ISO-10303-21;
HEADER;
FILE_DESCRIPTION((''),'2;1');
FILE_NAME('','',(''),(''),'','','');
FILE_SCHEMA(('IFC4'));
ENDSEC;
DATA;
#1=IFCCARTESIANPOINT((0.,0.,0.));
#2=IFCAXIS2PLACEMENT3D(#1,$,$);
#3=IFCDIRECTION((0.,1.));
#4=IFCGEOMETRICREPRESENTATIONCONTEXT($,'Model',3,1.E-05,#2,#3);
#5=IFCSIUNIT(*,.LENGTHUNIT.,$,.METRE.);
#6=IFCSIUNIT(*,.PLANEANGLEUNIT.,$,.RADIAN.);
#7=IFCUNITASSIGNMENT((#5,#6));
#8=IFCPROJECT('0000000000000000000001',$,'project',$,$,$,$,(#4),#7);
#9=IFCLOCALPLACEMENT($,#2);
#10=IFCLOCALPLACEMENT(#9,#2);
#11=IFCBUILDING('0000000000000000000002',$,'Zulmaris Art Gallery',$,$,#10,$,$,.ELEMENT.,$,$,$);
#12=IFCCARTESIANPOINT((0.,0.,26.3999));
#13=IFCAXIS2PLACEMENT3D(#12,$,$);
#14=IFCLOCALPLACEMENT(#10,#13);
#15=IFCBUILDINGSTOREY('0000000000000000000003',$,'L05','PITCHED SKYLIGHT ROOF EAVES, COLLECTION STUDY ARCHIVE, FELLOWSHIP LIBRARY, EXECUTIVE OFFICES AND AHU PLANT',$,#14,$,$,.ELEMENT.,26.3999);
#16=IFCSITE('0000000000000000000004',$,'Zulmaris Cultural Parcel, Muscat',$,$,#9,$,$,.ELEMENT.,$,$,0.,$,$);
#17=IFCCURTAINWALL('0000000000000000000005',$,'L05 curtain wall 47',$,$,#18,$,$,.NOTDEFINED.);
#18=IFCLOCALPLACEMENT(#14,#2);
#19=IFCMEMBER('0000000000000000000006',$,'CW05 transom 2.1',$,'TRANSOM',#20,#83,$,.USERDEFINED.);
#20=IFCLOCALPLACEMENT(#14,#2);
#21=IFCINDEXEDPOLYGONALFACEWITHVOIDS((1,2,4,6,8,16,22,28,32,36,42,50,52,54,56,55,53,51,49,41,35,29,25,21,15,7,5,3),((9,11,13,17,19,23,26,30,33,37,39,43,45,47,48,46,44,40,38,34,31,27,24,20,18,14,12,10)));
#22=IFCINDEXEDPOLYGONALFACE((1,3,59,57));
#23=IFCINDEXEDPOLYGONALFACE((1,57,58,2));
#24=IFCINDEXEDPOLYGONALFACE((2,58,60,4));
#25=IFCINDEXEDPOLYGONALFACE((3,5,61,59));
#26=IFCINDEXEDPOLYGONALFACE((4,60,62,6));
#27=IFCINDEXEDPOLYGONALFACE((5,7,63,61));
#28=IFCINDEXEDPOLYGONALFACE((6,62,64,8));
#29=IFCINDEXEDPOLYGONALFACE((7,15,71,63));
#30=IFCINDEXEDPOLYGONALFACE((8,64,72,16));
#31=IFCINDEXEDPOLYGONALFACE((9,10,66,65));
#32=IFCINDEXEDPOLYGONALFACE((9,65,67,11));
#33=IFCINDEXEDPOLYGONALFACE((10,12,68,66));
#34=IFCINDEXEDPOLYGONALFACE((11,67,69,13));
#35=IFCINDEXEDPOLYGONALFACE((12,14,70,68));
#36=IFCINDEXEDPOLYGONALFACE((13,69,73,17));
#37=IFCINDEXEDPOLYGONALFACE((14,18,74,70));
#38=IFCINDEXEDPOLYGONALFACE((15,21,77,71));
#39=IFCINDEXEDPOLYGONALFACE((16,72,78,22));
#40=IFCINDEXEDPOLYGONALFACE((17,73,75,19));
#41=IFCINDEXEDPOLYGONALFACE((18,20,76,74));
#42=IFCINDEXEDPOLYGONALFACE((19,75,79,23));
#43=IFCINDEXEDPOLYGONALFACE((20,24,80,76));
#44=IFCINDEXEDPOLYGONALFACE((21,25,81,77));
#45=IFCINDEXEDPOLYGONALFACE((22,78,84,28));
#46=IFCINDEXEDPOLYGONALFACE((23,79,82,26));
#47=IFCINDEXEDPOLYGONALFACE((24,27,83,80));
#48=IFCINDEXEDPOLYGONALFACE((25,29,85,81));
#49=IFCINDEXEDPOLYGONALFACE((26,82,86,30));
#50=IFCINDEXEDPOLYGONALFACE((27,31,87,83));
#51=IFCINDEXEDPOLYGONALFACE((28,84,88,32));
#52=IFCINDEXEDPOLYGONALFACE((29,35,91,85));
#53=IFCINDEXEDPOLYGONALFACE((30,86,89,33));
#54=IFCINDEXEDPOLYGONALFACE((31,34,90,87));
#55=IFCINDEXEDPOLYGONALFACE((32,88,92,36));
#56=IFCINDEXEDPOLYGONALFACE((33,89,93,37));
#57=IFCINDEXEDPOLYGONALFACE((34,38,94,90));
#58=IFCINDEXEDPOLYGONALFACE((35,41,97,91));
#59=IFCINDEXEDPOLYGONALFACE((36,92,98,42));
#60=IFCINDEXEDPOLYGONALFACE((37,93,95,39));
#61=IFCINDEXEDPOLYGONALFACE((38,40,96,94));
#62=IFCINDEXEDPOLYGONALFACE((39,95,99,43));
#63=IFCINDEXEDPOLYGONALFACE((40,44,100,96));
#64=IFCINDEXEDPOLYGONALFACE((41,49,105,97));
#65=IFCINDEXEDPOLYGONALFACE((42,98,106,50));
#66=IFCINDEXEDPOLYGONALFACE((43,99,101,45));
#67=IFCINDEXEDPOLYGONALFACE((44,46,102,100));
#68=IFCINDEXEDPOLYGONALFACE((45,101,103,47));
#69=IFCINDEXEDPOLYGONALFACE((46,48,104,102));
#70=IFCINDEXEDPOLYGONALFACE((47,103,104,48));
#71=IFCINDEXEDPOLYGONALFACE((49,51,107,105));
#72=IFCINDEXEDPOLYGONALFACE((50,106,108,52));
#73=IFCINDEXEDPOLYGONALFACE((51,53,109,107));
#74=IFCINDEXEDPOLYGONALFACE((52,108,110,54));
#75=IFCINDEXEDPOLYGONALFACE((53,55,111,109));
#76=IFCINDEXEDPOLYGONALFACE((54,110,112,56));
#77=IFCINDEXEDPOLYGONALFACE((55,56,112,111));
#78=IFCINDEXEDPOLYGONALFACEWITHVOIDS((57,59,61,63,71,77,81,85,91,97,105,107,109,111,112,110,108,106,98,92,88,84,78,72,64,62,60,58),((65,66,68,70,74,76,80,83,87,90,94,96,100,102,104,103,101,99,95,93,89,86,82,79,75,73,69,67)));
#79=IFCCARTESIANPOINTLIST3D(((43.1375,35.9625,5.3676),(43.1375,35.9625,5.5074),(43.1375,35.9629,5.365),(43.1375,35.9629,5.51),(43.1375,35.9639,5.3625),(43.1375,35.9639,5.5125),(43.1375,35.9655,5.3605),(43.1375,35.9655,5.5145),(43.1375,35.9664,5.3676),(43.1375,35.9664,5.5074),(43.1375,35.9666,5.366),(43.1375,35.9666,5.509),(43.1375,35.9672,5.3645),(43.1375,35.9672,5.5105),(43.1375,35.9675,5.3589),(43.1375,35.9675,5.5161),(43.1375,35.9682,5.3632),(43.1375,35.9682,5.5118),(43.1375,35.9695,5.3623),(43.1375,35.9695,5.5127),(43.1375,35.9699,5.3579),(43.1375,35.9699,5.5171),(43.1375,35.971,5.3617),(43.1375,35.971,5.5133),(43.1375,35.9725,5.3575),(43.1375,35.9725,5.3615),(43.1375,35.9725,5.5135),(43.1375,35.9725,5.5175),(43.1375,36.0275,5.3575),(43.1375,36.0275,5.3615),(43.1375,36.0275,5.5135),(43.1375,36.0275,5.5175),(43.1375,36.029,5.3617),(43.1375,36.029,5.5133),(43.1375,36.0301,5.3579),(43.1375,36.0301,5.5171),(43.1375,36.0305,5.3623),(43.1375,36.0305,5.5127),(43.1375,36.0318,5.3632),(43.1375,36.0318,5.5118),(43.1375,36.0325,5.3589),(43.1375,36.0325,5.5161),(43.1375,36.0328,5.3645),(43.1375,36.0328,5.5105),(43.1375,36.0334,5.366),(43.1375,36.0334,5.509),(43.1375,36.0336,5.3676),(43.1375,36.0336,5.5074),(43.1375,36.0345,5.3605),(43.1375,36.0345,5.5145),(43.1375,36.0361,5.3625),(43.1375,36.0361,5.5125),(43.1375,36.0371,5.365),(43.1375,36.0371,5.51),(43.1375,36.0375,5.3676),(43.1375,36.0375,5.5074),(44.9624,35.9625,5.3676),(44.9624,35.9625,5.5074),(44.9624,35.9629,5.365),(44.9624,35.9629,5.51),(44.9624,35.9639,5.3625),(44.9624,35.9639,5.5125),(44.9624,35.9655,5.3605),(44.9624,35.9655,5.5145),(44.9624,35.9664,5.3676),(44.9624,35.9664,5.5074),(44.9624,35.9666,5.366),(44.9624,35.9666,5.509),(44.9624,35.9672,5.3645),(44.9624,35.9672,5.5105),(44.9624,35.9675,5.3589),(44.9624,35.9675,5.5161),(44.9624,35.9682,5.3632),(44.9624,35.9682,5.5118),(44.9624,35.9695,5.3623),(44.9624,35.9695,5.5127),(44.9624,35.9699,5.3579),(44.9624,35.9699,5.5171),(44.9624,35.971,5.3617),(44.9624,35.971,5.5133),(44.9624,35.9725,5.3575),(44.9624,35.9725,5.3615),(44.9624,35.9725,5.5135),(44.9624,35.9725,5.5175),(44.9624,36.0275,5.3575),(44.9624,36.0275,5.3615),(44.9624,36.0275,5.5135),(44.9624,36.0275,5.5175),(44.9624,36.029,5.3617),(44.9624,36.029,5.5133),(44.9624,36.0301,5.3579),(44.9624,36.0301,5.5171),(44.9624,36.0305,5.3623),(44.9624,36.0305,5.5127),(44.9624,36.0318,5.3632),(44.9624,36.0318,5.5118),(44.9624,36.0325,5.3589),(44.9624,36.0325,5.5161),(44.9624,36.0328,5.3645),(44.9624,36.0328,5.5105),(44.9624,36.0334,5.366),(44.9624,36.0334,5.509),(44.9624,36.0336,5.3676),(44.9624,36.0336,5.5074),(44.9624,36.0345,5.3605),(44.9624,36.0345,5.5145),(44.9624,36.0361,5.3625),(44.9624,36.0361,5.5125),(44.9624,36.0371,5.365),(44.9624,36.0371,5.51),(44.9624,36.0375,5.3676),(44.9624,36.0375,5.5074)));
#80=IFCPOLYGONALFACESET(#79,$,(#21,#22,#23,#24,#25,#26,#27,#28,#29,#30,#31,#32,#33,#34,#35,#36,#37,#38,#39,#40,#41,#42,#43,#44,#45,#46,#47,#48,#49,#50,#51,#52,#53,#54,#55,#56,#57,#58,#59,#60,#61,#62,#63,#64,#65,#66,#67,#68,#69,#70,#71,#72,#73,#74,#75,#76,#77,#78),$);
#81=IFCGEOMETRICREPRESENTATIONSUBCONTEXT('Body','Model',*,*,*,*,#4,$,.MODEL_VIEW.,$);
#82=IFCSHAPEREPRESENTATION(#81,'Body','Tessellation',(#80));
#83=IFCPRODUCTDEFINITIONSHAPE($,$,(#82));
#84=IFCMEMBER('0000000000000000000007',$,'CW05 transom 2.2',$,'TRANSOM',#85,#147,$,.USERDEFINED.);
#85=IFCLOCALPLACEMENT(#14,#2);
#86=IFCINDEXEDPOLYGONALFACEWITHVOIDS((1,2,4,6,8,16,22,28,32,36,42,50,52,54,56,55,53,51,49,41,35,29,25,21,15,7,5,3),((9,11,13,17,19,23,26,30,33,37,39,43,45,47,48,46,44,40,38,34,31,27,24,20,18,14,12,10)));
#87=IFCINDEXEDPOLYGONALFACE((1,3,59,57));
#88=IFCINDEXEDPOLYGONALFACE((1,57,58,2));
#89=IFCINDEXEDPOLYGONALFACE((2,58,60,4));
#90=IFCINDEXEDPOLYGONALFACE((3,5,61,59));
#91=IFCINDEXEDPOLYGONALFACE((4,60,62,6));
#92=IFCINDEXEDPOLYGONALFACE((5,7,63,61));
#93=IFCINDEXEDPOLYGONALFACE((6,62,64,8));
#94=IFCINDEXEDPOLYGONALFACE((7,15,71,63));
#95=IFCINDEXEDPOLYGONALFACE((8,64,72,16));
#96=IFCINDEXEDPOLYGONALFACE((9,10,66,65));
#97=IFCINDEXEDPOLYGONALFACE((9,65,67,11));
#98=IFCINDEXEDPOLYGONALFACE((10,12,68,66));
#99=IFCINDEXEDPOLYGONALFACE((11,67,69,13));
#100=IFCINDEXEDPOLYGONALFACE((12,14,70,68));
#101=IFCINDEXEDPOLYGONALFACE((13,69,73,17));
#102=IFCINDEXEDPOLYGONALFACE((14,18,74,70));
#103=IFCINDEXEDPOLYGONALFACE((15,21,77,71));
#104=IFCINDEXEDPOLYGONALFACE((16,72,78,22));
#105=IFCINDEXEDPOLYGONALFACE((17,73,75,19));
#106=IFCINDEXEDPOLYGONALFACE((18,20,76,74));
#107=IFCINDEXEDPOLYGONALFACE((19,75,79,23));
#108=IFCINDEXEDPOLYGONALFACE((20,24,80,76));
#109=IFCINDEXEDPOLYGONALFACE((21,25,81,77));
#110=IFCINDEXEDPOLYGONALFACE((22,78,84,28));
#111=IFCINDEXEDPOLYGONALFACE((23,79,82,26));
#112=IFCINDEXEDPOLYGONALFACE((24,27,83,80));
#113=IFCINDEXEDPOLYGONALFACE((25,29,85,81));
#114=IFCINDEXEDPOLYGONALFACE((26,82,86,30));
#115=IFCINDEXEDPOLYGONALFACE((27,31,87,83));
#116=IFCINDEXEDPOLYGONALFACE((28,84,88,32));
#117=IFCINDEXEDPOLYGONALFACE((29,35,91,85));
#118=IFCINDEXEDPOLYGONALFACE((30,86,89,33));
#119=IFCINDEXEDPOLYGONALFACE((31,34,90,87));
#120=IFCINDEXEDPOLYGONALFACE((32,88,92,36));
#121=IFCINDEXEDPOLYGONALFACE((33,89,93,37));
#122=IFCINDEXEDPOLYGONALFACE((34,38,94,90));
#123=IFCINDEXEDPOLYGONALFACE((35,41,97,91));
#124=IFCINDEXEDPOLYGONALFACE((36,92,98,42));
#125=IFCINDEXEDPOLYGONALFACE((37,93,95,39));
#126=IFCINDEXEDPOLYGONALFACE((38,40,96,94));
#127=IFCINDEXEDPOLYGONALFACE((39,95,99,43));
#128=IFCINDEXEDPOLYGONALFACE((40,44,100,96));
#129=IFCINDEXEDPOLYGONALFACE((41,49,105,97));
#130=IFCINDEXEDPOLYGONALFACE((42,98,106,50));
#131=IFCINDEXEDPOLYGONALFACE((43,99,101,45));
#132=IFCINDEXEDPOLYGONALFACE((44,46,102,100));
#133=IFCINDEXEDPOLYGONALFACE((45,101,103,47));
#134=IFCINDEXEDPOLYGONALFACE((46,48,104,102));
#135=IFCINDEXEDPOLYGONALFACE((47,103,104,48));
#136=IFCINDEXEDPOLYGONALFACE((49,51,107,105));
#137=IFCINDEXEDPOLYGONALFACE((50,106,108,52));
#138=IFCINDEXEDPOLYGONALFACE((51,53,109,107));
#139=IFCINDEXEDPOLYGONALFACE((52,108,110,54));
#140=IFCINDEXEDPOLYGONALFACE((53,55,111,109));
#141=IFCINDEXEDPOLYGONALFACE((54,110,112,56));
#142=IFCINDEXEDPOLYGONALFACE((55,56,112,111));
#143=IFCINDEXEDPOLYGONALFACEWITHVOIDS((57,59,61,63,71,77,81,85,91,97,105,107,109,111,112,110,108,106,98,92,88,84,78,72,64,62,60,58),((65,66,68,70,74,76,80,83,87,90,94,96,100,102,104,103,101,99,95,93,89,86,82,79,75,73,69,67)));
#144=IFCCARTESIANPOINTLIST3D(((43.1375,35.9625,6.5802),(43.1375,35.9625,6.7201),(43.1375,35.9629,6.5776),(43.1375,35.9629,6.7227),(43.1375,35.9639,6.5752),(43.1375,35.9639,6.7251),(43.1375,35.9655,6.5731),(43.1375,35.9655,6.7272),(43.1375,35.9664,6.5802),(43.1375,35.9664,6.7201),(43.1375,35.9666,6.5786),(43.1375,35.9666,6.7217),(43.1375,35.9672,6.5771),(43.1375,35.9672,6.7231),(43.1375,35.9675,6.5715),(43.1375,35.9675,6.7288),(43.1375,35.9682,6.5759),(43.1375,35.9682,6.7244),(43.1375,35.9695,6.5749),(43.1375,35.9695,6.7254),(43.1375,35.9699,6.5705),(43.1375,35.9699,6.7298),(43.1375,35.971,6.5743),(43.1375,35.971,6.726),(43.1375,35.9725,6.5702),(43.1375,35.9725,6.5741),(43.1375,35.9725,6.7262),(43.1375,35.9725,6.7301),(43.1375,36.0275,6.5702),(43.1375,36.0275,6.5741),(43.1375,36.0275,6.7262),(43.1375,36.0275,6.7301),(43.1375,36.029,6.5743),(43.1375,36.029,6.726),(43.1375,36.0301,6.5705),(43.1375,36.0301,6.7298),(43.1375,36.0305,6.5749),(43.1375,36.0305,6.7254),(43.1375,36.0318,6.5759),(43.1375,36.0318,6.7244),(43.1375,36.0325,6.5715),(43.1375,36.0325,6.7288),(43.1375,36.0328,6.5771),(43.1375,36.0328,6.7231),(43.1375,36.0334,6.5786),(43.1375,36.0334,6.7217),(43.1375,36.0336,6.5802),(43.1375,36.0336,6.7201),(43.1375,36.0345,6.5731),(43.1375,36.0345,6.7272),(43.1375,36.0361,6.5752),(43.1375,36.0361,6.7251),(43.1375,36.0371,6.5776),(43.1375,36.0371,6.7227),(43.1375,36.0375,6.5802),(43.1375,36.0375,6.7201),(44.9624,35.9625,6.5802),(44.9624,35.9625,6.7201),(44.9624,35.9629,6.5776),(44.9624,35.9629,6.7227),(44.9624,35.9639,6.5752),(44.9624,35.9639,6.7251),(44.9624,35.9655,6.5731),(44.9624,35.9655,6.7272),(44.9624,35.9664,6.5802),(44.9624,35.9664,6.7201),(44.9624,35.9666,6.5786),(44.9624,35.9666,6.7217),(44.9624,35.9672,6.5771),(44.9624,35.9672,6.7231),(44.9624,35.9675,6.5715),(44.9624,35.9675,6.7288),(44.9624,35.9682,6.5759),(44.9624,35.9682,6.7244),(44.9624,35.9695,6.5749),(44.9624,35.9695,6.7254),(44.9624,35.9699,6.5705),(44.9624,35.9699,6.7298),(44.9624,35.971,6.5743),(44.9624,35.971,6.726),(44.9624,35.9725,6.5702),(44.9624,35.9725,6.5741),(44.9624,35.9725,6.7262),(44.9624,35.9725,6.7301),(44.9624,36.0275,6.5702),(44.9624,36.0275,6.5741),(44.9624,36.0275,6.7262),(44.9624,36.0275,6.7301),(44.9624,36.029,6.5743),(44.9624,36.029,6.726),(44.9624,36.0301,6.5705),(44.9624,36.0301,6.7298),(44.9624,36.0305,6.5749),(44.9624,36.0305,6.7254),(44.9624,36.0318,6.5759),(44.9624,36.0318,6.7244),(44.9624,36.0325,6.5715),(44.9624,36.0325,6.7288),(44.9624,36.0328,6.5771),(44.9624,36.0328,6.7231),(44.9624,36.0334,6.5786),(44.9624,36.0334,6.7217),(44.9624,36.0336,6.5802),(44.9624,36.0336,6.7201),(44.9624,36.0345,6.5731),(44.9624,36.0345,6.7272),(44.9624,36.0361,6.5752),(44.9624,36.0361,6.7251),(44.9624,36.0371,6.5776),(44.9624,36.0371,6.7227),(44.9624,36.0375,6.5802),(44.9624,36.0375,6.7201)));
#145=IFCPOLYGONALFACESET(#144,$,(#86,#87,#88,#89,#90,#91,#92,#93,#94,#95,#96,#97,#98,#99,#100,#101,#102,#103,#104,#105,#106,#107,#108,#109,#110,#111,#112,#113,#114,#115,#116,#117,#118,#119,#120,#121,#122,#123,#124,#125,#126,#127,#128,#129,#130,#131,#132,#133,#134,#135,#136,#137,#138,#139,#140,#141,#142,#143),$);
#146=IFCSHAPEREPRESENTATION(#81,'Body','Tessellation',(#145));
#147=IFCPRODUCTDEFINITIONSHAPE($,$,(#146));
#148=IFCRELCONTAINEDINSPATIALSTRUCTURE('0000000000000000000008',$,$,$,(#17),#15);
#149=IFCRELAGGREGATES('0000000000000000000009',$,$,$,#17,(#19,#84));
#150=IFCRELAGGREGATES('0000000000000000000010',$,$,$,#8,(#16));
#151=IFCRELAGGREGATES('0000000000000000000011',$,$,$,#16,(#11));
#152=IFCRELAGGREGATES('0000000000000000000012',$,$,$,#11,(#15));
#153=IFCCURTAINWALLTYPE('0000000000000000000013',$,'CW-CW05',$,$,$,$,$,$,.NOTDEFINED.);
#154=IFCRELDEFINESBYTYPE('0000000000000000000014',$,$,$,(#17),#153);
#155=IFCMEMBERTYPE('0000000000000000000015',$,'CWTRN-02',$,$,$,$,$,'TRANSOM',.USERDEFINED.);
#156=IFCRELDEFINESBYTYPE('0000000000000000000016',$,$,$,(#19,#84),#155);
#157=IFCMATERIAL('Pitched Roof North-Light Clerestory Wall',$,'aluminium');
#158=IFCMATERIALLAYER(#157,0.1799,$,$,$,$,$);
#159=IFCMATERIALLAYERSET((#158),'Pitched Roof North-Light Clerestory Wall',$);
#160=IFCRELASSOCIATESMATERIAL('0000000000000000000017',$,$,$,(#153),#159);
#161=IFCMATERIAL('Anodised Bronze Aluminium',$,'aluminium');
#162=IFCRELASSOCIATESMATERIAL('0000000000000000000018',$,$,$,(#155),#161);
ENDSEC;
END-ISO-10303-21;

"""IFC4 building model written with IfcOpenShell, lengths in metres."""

from ifc_helpers import new_model, si_unit, direction, frame, origin, origin_2d, place, context, subcontext, project, spatial, hollow_rectangle, extrude, material, layer, layer_set, material_profile, profile_set, type_object, element, aggregate, save


model = new_model("IFC4")

# Units and contexts
model_context = context("Model", 3, precision=1e-05, world=origin(), true_north=direction((0.0, 1.0)))
body_context = subcontext(model_context, "Body", "Model", "MODEL_VIEW")
ifc_project = project(units=[si_unit("LENGTHUNIT", "METRE"), si_unit("PLANEANGLEUNIT", "RADIAN")], contexts=[model_context])

# Site, building, storey
site_placement = place(None, origin())
site = spatial("IfcSite", under=ifc_project, at=site_placement, Name="Zulmaris Cultural Parcel, Muscat", CompositionType="ELEMENT", RefElevation=0.0)
building_placement = place(site_placement, origin())
building = spatial("IfcBuilding", under=site, at=building_placement, Name="Zulmaris Art Gallery", CompositionType="ELEMENT")
storey_placement = place(building_placement, frame((0.0, 0.0, 26.3999)))
storey = spatial("IfcBuildingStorey", under=building, at=storey_placement, Name="L05", Description="PITCHED SKYLIGHT ROOF EAVES, COLLECTION STUDY ARCHIVE, FELLOWSHIP LIBRARY, EXECUTIVE OFFICES AND AHU PLANT", CompositionType="ELEMENT", Elevation=26.3999)

# Curtain wall, members
ifc_material_1 = material(Name="Pitched Roof North-Light Clerestory Wall", Category="aluminium")
ifc_layer_1 = layer(ifc_material_1, 0.1799)
ifc_layer_set_1 = layer_set([ifc_layer_1], Name="Pitched Roof North-Light Clerestory Wall")
curtain_wall_type = type_object("IfcCurtainWallType", Name="CW-CW05", PredefinedType="NOTDEFINED", material=ifc_layer_set_1)
curtain_wall_placement = place(storey_placement, origin())
curtain_wall = element("IfcCurtainWall", 1, at=curtain_wall_placement, inside=storey, type_object=curtain_wall_type, Name="L05 curtain wall 47", PredefinedType="NOTDEFINED")
ifc_material_2 = material(Name="Anodised Bronze Aluminium", Category="aluminium")
ifc_material_profile_1 = material_profile(ifc_material_2, hollow_rectangle(XDim=0.075, YDim=0.1599, WallThickness=0.0039, InnerFilletRadius=0.0061, OuterFilletRadius=0.01, at=origin_2d()), Name="ALU 75x160x4")
ifc_profile_set_1 = profile_set([ifc_material_profile_1], Name="Anodised Bronze Aluminium")
member_type_1 = type_object("IfcMemberType", Name="CWTRN-02", ElementType="TRANSOM", PredefinedType="USERDEFINED", material=ifc_profile_set_1)
member_1_placement = place(storey_placement, frame((43.1375, 36.0, 5.4375), z_axis=(1.0, 0.0, 0.0), x_axis=(0.0, 1.0, 0.0)))
member_1 = element("IfcMember", 2, at=member_1_placement, type_object=member_type_1, Name="CW05 transom 2.1", ObjectType="TRANSOM", PredefinedType="USERDEFINED", context=body_context, shape_type="SweptSolid", body=[
    extrude(hollow_rectangle(XDim=0.075, YDim=0.1599, WallThickness=0.0039, InnerFilletRadius=0.0061, OuterFilletRadius=0.01, at=origin_2d()), origin(), (0.0, 0.0, 1.0), 1.825),
])
member_2_placement = place(storey_placement, frame((43.1375, 36.0, 6.6501), z_axis=(1.0, 0.0, 0.0), x_axis=(0.0, 1.0, 0.0)))
member_2 = element("IfcMember", 3, at=member_2_placement, type_object=member_type_1, Name="CW05 transom 2.2", ObjectType="TRANSOM", PredefinedType="USERDEFINED", context=body_context, shape_type="SweptSolid", body=[
    extrude(hollow_rectangle(XDim=0.075, YDim=0.1599, WallThickness=0.0039, InnerFilletRadius=0.0061, OuterFilletRadius=0.01, at=origin_2d()), origin(), (0.0, 0.0, 1.0), 1.825),
])

aggregate(curtain_wall, [member_1, member_2])

save(model, "model.ifc")
